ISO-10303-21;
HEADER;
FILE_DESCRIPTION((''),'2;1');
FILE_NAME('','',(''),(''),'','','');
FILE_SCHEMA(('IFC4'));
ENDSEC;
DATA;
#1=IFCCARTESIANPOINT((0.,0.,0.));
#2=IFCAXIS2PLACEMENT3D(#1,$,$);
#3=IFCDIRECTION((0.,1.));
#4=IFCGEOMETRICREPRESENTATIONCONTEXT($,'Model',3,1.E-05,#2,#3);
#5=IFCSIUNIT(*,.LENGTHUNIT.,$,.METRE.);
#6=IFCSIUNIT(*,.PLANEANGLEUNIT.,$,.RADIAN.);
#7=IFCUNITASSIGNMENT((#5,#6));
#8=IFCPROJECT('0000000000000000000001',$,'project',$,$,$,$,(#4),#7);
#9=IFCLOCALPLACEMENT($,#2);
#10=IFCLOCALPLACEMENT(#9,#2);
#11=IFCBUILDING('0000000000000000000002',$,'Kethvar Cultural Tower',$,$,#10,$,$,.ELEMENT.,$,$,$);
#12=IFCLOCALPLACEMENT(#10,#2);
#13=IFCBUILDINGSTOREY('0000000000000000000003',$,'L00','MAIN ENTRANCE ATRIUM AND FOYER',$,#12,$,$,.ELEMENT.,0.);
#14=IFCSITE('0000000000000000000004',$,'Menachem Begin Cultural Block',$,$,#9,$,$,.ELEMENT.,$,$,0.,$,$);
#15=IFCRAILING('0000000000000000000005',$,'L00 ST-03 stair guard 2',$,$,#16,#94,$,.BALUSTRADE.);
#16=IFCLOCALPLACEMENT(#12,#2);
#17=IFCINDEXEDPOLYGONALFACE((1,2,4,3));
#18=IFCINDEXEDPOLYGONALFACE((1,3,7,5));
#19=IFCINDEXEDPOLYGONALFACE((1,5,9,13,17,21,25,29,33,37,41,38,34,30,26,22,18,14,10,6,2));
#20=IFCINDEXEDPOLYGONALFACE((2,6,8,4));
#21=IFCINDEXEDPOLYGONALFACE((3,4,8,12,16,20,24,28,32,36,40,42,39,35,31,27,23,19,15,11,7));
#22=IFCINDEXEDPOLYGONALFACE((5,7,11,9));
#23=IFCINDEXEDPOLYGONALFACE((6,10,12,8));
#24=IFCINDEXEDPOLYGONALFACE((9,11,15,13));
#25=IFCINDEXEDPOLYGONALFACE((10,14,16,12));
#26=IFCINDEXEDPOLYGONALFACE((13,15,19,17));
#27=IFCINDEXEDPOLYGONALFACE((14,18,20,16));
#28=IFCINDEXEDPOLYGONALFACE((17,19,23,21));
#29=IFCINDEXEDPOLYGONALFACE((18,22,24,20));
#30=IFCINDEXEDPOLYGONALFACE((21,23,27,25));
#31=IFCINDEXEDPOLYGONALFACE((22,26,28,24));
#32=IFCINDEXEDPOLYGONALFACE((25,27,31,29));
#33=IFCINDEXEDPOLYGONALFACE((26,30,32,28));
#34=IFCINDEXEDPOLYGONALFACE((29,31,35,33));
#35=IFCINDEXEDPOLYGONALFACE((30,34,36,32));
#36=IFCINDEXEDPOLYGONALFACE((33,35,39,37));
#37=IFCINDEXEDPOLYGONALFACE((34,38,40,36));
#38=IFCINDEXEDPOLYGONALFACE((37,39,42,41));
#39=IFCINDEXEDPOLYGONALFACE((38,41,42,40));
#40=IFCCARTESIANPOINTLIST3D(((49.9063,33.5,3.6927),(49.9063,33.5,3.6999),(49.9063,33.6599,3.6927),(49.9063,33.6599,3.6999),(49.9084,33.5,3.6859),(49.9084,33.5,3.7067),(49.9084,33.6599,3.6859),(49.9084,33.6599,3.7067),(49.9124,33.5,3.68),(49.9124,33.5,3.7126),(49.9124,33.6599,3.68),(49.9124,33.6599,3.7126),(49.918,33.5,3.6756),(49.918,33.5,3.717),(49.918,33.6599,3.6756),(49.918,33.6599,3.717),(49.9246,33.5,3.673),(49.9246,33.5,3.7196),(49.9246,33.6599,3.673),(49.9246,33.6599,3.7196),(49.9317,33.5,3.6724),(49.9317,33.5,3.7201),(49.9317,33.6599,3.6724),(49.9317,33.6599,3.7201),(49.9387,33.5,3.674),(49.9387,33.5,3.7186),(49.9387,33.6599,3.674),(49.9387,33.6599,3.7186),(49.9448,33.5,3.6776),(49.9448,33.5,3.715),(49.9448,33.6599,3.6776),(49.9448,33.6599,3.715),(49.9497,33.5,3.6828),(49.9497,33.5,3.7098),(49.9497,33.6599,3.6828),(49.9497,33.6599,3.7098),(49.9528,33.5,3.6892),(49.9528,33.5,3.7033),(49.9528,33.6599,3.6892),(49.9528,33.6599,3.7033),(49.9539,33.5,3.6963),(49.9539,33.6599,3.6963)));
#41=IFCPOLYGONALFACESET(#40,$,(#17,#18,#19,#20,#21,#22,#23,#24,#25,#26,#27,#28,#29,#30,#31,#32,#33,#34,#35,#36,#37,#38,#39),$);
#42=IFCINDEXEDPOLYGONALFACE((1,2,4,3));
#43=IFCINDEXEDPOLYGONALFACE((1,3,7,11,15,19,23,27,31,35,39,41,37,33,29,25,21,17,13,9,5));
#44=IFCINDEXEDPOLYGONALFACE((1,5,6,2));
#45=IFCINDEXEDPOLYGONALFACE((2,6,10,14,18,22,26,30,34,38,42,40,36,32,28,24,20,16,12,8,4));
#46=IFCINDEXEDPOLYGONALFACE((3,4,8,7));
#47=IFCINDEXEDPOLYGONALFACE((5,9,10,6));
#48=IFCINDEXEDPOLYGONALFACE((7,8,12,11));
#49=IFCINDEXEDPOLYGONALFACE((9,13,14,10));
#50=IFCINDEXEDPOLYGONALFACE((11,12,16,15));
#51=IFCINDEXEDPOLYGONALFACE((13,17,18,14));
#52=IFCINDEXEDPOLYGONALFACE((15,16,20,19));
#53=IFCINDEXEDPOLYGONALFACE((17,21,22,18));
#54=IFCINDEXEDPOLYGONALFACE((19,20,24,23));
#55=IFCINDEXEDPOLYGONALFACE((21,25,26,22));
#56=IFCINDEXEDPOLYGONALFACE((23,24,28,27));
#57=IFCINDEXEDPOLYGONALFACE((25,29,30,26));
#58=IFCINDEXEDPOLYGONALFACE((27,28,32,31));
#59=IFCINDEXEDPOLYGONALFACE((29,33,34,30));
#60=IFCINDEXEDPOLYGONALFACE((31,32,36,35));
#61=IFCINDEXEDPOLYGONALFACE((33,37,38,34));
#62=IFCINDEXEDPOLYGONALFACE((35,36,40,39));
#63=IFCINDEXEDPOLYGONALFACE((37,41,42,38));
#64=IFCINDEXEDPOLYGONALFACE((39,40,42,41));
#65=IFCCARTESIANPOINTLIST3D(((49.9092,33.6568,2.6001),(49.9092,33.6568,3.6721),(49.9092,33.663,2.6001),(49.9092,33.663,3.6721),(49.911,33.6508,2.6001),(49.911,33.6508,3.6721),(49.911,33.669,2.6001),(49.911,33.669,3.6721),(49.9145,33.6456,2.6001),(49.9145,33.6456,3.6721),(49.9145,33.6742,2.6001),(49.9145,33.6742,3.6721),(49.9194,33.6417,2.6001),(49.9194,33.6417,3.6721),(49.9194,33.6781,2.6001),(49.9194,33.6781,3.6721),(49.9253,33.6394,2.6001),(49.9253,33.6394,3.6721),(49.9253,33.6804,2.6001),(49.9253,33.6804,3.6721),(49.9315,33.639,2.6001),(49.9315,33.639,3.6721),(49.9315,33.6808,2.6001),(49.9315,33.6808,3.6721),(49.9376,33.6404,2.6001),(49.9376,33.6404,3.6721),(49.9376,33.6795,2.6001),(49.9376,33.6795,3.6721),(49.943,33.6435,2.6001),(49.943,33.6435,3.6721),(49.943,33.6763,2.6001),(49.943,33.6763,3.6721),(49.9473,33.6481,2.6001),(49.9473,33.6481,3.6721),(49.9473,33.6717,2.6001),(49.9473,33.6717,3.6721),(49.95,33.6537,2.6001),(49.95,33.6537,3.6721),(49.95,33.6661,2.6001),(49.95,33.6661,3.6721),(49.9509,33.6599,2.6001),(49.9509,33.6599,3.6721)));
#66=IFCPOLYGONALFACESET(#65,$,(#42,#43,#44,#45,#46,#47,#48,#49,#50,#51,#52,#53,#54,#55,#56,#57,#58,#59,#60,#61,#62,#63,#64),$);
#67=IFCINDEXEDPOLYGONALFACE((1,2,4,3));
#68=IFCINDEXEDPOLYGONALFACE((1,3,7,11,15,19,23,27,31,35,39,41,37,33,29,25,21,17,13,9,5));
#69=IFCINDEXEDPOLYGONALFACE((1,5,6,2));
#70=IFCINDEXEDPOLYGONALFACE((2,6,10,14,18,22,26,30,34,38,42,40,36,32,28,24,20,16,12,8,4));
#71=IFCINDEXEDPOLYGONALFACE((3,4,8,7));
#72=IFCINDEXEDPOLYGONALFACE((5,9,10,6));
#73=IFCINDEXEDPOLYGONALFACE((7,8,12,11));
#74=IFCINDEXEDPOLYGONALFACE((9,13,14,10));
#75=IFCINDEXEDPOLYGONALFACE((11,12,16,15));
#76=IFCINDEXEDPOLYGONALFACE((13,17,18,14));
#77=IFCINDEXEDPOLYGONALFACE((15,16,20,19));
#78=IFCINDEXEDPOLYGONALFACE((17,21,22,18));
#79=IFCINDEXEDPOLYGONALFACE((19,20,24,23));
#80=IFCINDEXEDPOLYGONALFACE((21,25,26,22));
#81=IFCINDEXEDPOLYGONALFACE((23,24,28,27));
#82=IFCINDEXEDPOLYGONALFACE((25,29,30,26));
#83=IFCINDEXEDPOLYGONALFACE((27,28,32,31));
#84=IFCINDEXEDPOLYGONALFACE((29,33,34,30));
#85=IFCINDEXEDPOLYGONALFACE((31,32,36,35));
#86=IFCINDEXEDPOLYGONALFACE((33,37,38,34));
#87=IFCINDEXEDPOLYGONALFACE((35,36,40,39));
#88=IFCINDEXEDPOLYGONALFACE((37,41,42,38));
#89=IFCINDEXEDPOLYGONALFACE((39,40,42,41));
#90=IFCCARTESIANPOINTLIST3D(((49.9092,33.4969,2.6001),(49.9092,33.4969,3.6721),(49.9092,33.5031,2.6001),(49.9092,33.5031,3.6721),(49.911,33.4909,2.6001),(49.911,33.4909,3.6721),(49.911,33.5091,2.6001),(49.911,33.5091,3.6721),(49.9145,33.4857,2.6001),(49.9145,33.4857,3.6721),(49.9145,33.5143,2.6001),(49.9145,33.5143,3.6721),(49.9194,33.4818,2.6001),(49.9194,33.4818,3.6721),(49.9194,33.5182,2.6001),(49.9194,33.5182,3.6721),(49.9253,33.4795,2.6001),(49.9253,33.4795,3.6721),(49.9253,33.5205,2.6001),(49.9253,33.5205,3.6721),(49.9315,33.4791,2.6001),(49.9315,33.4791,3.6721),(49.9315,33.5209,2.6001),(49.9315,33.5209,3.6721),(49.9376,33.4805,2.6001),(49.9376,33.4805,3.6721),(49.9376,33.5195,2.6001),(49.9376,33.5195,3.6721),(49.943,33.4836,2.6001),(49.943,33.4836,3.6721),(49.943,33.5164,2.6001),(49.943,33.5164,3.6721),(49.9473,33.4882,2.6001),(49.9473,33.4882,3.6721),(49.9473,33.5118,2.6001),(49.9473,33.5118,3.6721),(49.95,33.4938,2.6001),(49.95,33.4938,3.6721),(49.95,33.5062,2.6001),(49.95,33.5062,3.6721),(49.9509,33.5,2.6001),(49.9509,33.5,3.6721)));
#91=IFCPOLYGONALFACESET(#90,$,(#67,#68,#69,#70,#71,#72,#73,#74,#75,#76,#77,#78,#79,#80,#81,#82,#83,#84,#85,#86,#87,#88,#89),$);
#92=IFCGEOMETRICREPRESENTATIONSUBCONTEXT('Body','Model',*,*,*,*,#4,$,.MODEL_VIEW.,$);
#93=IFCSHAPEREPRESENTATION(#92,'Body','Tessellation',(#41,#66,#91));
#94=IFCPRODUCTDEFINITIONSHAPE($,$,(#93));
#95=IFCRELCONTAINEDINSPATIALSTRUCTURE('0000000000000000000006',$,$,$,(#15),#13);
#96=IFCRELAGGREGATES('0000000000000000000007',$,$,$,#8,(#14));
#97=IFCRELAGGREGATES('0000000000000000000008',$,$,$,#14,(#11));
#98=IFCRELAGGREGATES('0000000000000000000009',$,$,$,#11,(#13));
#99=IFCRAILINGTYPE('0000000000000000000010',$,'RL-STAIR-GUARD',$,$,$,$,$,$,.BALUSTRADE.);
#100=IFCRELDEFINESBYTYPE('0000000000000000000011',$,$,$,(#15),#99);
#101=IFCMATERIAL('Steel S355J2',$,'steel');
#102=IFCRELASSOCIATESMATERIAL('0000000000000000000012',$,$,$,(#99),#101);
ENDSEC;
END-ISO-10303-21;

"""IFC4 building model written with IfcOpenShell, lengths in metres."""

from ifc_helpers import new_model, si_unit, direction, frame, origin, origin_2d, place, context, subcontext, project, spatial, circle, extrude, material, type_object, element, save


model = new_model("IFC4")

# Units and contexts
model_context = context("Model", 3, precision=1e-05, world=origin(), true_north=direction((0.0, 1.0)))
body_context = subcontext(model_context, "Body", "Model", "MODEL_VIEW")
ifc_project = project(units=[si_unit("LENGTHUNIT", "METRE"), si_unit("PLANEANGLEUNIT", "RADIAN")], contexts=[model_context])

# Site, building, storey
site_placement = place(None, origin())
site = spatial("IfcSite", under=ifc_project, at=site_placement, Name="Menachem Begin Cultural Block", CompositionType="ELEMENT", RefElevation=0.0)
building_placement = place(site_placement, origin())
building = spatial("IfcBuilding", under=site, at=building_placement, Name="Kethvar Cultural Tower", CompositionType="ELEMENT")
storey_placement = place(building_placement, origin())
storey = spatial("IfcBuildingStorey", under=building, at=storey_placement, Name="L00", Description="MAIN ENTRANCE ATRIUM AND FOYER", CompositionType="ELEMENT", Elevation=0.0)

# Shared definitions
ifc_material_1 = material(Name="Steel S355J2", Category="steel")

# Railing
railing_type_1 = type_object("IfcRailingType", Name="RL-STAIR-GUARD", PredefinedType="BALUSTRADE", material=ifc_material_1)
railing_1_placement = place(storey_placement, frame((49.9299, 33.6599, 2.6001)))
element("IfcRailing", 1, at=railing_1_placement, inside=storey, type_object=railing_type_1, Name="L00 ST-03 stair guard 2", PredefinedType="BALUSTRADE", context=body_context, shape_type="SweptSolid", body=[
    extrude(circle(Radius=0.0239, at=origin_2d()), frame((0.0, 0.0, 1.0962), z_axis=(0.0, -1.0, 0.0), x_axis=(1.0, 0.0, 0.0)), (0.0, 0.0, 1.0), 0.1599),
    extrude(circle(Radius=0.021, at=origin_2d()), origin(), (0.0, 0.0, 1.0), 1.072),
    extrude(circle(Radius=0.021, at=origin_2d()), frame((0.0, -0.1599, 0.0)), (0.0, 0.0, 1.0), 1.072),
])

save(model, "model.ifc")
